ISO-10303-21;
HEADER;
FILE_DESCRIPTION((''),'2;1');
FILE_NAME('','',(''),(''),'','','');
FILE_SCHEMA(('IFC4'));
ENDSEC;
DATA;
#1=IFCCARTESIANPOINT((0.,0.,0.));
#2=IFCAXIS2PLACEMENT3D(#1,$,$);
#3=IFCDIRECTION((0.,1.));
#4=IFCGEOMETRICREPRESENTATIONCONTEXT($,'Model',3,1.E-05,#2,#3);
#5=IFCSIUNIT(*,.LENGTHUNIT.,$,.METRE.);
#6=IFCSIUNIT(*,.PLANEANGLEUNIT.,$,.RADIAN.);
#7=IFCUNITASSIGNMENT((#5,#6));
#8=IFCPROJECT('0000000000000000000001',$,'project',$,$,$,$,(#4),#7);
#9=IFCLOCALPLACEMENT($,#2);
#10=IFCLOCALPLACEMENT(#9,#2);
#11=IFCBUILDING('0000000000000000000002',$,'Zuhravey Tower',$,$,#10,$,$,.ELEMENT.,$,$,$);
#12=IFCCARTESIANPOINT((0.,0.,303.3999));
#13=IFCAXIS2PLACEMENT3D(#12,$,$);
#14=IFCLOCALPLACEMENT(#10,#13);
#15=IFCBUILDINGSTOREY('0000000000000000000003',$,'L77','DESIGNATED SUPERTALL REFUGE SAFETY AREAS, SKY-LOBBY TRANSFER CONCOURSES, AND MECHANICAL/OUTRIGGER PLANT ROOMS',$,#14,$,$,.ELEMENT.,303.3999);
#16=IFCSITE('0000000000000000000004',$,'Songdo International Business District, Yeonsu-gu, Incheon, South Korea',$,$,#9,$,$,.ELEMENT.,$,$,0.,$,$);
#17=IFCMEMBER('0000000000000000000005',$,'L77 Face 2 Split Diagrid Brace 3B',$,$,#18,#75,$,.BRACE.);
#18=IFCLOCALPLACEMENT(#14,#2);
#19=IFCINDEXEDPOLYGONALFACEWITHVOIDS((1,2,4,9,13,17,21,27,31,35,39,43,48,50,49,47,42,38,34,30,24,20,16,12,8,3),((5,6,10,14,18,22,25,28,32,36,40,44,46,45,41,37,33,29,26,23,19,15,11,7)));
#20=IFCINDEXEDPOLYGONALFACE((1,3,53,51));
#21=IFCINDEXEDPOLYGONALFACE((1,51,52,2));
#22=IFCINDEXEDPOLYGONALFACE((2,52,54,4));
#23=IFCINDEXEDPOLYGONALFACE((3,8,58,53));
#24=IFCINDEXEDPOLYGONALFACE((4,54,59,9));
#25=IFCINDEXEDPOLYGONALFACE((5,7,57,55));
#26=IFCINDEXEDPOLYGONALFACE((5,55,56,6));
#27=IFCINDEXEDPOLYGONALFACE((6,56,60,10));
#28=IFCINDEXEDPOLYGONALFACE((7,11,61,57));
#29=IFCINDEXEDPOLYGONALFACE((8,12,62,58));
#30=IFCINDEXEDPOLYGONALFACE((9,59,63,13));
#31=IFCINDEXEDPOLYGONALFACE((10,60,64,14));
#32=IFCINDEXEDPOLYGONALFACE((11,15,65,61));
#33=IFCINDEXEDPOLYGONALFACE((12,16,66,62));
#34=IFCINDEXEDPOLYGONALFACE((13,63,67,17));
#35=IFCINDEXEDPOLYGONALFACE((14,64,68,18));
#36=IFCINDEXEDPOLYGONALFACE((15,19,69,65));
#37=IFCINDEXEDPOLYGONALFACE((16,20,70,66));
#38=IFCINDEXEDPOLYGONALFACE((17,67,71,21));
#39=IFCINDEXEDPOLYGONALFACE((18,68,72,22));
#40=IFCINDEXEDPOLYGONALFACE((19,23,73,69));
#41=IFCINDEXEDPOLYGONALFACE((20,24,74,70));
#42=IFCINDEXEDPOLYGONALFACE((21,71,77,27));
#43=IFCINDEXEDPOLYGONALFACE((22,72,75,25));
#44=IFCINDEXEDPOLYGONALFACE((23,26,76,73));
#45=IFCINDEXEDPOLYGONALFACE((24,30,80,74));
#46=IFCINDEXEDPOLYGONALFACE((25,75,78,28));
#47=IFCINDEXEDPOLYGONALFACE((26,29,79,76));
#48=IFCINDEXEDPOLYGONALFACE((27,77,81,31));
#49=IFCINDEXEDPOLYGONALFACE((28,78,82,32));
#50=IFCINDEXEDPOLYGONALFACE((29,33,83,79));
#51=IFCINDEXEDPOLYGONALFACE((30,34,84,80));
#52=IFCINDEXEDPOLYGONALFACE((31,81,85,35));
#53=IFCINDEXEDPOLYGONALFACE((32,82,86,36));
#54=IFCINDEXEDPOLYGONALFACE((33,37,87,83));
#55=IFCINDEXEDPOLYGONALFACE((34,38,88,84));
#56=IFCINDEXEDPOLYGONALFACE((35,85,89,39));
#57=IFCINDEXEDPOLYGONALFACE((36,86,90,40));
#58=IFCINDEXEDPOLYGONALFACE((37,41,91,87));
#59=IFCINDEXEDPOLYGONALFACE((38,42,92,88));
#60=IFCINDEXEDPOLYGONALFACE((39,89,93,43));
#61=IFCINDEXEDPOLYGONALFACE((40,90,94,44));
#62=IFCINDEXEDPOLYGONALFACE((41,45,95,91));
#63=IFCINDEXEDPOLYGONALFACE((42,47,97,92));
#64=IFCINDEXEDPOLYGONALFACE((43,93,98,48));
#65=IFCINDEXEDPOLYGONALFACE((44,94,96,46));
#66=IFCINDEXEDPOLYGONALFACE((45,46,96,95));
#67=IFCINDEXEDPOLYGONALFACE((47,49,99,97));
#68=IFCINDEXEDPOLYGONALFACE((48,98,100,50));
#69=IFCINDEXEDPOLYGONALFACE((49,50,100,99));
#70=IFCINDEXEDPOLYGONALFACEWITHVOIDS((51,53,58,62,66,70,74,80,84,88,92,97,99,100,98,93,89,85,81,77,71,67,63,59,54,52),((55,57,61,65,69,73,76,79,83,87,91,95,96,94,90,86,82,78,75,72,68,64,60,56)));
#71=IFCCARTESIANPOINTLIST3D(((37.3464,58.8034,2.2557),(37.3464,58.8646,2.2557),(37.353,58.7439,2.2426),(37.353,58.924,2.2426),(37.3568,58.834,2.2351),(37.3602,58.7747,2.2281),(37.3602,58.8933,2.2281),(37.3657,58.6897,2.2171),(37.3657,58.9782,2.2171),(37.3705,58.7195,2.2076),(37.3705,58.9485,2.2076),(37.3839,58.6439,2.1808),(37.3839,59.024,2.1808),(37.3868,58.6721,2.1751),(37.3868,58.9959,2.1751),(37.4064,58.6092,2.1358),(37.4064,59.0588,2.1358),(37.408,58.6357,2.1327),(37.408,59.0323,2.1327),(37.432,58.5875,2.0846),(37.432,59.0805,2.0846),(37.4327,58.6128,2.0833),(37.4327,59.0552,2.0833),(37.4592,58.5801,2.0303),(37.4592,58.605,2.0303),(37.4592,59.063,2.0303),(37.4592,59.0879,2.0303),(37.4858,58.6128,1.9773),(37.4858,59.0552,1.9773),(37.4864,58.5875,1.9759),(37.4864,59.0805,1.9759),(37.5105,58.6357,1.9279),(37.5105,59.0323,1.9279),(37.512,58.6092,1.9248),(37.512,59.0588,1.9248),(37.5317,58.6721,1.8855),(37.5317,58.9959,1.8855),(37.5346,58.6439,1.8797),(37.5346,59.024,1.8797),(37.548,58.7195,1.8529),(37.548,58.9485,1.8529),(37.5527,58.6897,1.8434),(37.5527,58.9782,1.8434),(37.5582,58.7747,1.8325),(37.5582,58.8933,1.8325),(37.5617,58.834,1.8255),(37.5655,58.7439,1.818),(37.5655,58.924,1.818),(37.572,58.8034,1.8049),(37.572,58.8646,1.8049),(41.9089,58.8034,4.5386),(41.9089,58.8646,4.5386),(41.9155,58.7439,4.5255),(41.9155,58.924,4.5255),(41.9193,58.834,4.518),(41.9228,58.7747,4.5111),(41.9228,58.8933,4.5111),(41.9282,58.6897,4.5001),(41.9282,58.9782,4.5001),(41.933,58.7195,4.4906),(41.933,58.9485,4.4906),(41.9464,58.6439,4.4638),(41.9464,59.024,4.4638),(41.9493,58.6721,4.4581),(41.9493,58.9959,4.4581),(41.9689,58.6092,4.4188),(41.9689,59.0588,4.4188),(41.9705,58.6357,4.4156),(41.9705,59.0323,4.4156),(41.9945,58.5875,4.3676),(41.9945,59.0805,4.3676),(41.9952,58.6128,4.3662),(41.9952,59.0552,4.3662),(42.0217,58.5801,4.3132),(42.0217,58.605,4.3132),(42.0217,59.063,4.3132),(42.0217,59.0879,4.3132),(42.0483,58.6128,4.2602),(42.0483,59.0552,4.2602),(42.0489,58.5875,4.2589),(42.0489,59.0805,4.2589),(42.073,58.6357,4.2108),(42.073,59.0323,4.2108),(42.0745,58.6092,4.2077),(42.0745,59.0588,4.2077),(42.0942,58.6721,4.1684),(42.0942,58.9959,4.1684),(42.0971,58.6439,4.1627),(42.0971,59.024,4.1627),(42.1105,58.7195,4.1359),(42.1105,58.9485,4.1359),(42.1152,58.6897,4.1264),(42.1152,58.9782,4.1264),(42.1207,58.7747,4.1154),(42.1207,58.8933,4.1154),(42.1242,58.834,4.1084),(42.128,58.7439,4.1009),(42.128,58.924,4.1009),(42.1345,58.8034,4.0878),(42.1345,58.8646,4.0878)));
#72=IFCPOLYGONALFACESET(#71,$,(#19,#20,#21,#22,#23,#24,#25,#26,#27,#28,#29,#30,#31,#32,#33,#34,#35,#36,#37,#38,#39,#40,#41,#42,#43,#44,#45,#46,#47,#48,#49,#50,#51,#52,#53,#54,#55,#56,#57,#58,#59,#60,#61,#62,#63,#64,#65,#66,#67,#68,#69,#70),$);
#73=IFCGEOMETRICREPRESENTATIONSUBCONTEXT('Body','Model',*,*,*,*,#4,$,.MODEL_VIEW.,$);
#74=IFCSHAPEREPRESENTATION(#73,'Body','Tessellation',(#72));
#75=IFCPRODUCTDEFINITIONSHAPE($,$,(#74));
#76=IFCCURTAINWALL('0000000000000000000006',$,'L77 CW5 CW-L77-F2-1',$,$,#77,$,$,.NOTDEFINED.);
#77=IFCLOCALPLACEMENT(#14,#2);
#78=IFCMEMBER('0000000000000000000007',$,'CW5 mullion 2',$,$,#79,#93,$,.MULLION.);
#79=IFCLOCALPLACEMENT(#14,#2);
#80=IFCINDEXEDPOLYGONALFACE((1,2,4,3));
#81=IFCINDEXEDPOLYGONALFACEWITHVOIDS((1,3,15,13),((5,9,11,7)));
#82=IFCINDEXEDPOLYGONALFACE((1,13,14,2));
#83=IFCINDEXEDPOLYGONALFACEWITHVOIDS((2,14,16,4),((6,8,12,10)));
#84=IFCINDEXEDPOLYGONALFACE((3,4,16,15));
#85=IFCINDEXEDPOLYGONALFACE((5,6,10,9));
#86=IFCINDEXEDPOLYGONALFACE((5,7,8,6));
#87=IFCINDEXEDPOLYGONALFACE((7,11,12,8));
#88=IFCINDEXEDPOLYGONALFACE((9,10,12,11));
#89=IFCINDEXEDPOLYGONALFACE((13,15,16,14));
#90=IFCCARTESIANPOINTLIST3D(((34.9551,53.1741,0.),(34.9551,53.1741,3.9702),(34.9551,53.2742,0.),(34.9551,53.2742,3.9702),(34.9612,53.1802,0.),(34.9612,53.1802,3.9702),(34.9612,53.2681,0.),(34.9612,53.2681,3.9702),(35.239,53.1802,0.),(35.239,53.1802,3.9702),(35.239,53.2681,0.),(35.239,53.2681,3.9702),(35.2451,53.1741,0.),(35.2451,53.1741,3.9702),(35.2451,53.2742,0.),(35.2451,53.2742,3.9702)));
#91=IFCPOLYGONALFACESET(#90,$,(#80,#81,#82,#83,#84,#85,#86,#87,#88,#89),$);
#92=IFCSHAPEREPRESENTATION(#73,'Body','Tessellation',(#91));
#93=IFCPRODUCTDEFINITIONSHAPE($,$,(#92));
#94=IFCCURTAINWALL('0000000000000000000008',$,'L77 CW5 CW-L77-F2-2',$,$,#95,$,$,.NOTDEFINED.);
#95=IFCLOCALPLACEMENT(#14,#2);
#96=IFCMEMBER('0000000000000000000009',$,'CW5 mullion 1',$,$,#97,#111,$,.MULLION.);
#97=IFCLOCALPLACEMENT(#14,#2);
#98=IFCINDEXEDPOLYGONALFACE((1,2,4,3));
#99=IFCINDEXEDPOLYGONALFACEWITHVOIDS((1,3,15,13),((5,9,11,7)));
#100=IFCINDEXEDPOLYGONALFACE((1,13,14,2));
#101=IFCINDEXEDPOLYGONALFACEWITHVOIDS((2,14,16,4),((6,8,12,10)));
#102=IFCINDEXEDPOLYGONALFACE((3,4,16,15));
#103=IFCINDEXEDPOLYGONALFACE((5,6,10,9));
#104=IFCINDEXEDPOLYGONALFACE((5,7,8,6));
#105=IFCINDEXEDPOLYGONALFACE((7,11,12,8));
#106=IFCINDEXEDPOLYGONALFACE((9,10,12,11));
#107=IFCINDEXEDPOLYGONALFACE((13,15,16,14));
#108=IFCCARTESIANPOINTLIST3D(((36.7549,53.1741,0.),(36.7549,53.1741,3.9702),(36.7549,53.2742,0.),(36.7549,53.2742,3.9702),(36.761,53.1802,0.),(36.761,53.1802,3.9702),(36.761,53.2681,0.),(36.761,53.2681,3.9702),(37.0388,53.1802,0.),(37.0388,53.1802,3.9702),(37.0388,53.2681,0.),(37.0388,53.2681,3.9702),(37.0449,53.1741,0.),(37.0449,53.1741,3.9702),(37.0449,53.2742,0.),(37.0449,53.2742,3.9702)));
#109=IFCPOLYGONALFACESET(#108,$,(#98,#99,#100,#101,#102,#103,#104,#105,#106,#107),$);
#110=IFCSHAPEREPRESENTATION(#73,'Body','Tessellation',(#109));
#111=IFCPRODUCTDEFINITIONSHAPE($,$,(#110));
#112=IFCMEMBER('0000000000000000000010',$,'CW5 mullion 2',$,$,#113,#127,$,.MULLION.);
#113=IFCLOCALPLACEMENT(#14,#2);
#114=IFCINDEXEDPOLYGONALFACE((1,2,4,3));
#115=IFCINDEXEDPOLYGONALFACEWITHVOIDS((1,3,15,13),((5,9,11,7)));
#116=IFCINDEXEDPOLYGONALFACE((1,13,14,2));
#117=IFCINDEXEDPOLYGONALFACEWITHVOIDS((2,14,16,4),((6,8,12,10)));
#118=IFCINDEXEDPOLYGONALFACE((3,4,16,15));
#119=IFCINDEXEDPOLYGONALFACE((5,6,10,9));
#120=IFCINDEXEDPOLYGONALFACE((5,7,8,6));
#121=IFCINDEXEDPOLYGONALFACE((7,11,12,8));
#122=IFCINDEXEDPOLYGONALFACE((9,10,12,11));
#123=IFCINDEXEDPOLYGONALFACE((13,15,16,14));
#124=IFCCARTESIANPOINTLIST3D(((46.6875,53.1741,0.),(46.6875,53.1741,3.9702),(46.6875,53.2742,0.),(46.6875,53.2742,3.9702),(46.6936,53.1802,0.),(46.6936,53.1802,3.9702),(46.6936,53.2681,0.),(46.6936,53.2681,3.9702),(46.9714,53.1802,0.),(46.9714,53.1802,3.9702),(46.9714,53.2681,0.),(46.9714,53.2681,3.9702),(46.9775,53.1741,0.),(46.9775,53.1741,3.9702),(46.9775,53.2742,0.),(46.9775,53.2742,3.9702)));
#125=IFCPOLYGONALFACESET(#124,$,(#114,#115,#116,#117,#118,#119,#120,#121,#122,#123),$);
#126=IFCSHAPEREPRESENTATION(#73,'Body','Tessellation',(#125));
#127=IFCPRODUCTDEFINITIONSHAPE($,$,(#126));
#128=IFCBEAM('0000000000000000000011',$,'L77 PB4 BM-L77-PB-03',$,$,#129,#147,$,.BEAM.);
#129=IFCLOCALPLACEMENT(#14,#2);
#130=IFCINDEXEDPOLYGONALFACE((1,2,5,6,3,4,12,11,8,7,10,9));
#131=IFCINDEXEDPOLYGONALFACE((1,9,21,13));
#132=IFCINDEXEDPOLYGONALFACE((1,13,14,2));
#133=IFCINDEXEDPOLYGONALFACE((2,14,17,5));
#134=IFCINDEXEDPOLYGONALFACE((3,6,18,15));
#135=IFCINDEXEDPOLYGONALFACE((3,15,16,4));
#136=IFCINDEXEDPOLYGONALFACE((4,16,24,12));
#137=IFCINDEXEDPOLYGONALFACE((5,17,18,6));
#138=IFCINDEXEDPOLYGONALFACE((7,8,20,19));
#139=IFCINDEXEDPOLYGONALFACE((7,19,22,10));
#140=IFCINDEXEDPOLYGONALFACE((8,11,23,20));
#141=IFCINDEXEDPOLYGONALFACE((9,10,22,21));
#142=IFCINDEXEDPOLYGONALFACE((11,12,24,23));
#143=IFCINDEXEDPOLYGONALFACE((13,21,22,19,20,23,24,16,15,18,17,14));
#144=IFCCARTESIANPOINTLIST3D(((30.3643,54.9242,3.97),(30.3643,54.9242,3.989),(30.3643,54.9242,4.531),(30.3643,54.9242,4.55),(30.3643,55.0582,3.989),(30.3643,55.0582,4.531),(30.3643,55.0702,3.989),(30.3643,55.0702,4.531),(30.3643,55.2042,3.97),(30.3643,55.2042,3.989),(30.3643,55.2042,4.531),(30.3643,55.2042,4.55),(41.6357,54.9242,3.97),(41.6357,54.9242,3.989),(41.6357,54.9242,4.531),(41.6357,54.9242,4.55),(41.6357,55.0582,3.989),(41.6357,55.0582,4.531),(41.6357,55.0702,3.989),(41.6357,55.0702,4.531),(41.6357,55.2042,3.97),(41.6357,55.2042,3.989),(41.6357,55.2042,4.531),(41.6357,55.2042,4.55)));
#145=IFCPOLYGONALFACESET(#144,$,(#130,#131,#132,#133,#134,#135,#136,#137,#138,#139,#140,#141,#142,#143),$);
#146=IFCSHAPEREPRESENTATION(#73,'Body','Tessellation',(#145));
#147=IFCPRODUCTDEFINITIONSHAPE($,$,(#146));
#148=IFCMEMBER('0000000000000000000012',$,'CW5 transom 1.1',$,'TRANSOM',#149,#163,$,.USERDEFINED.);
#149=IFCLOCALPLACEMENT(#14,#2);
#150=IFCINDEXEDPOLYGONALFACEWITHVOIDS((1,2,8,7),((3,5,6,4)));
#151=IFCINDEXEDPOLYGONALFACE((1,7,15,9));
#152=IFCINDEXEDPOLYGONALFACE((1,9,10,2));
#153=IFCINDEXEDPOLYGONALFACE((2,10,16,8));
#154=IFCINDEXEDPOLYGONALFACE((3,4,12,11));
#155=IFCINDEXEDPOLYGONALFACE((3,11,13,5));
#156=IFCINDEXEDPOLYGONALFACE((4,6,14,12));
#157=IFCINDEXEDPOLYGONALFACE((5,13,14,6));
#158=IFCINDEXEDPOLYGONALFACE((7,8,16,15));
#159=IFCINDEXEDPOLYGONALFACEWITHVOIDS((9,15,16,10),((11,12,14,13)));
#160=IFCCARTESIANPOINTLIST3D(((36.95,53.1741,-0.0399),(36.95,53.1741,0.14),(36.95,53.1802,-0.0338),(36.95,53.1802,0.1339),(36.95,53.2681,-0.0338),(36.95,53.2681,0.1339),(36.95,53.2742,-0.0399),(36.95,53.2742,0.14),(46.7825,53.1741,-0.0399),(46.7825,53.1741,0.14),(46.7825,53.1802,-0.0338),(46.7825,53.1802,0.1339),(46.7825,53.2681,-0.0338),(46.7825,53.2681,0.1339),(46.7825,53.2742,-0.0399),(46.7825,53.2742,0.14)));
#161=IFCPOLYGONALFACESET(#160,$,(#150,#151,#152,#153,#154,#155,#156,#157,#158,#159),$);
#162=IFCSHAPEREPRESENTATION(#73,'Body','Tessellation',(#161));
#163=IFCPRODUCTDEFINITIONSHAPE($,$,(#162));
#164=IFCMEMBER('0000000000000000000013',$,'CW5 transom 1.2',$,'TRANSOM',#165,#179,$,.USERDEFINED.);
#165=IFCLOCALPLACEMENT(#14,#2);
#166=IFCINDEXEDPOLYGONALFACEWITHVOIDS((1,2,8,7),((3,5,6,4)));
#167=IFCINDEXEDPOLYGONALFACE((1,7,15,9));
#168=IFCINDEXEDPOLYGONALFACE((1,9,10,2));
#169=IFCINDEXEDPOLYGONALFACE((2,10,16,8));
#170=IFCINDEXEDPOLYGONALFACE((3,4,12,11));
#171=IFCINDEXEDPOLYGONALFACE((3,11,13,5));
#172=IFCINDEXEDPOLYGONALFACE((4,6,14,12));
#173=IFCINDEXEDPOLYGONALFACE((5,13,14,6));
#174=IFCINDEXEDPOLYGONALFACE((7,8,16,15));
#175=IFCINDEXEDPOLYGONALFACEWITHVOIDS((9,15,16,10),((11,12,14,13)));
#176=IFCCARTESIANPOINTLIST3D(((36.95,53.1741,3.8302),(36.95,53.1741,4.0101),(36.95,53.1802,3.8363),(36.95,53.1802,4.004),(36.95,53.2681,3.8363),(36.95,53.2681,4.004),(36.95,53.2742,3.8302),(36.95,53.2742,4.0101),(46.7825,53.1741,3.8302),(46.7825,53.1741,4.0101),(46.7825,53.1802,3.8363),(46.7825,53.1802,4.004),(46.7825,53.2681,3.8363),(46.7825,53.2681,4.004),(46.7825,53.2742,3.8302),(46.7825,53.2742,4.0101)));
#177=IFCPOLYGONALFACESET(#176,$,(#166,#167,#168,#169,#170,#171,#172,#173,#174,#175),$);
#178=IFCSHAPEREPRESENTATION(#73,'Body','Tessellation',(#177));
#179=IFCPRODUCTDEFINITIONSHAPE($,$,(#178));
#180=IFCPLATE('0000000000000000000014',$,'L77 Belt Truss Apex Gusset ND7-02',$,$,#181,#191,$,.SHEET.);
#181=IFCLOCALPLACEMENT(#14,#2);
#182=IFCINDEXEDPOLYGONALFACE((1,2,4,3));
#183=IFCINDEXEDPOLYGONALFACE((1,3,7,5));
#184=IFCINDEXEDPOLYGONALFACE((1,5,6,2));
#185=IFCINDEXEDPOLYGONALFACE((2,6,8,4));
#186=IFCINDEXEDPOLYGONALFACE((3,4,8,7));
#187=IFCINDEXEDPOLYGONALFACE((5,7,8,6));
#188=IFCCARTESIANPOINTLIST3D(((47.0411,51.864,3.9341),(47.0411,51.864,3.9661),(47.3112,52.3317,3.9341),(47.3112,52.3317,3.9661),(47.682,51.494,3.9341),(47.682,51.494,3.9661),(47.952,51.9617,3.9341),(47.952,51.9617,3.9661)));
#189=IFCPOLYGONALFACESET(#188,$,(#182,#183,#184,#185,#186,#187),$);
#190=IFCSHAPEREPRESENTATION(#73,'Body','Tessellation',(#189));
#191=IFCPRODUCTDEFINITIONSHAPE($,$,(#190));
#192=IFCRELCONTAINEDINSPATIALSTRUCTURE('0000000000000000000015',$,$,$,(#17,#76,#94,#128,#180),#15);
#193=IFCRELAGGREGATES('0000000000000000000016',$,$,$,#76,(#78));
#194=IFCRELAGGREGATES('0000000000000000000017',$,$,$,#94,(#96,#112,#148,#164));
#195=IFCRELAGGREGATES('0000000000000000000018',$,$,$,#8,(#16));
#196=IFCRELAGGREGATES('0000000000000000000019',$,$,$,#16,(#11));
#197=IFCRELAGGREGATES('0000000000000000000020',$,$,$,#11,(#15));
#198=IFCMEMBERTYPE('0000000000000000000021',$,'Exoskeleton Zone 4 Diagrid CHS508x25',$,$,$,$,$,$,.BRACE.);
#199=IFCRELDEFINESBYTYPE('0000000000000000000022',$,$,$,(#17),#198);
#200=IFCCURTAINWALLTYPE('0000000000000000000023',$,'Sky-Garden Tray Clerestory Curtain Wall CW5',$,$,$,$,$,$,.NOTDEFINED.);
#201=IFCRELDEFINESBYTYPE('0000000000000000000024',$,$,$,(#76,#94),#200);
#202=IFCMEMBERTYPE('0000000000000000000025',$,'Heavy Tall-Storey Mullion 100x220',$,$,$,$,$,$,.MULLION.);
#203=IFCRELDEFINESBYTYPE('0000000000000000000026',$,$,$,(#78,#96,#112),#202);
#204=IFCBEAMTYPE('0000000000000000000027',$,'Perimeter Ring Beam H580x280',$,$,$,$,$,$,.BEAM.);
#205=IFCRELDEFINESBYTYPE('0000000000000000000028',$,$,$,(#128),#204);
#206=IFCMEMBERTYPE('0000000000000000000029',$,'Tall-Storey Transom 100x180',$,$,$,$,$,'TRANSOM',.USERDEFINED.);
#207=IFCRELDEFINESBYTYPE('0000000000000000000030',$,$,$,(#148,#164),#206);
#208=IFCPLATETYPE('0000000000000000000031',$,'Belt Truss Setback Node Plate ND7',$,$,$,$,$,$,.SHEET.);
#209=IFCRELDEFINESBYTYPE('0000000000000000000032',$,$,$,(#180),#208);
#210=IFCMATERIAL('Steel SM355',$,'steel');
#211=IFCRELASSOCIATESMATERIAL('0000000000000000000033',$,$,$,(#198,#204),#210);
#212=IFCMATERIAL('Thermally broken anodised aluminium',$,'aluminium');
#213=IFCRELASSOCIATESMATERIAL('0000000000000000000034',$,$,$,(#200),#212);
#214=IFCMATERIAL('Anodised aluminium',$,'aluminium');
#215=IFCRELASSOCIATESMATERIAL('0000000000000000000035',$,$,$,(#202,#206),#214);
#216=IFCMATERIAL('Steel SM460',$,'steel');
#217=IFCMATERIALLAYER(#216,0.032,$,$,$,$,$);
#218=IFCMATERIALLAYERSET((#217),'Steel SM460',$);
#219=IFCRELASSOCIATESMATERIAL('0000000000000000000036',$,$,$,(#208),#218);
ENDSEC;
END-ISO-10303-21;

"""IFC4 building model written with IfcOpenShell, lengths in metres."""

from ifc_helpers import new_model, si_unit, direction, frame, origin, origin_2d, place, context, subcontext, project, spatial, rectangle, hollow_rectangle, hollow_circle, i_section, extrude, material, layer, layer_set, material_profile, profile_set, type_object, element, aggregate, save


model = new_model("IFC4")

# Units and contexts
model_context = context("Model", 3, precision=1e-05, world=origin(), true_north=direction((0.0, 1.0)))
body_context = subcontext(model_context, "Body", "Model", "MODEL_VIEW")
ifc_project = project(units=[si_unit("LENGTHUNIT", "METRE"), si_unit("PLANEANGLEUNIT", "RADIAN")], contexts=[model_context])

# Site, building, storey
site_placement = place(None, origin())
site = spatial("IfcSite", under=ifc_project, at=site_placement, Name="Songdo International Business District, Yeonsu-gu, Incheon, South Korea", CompositionType="ELEMENT", RefElevation=0.0)
building_placement = place(site_placement, origin())
building = spatial("IfcBuilding", under=site, at=building_placement, Name="Zuhravey Tower", CompositionType="ELEMENT")
storey_placement = place(building_placement, frame((0.0, 0.0, 303.3999)))
storey = spatial("IfcBuildingStorey", under=building, at=storey_placement, Name="L77", Description="DESIGNATED SUPERTALL REFUGE SAFETY AREAS, SKY-LOBBY TRANSFER CONCOURSES, AND MECHANICAL/OUTRIGGER PLANT ROOMS", CompositionType="ELEMENT", Elevation=303.3999)

# Shared definitions
ifc_material_1 = material(Name="Steel SM355", Category="steel")

# Shared definitions
ifc_material_2 = material(Name="Steel SM460", Category="steel")

# Member
ifc_material_profile_1 = material_profile(ifc_material_1, hollow_circle(Radius=0.2539, WallThickness=0.0249, at=origin_2d()), Name="CHS-508.0x25")
ifc_profile_set_1 = profile_set([ifc_material_profile_1], Name="Steel SM355")
member_type_1 = type_object("IfcMemberType", Name="Exoskeleton Zone 4 Diagrid CHS508x25", PredefinedType="BRACE", material=ifc_profile_set_1)
member_1_placement = place(storey_placement, frame((37.4592, 58.834, 2.0303), z_axis=(0.894293, 0.0, 0.447482), x_axis=(0.0, 1.0, 0.0)))
element("IfcMember", 1, at=member_1_placement, inside=storey, type_object=member_type_1, Name="L77 Face 2 Split Diagrid Brace 3B", PredefinedType="BRACE", context=body_context, shape_type="SweptSolid", body=[
    extrude(hollow_circle(Radius=0.2539, WallThickness=0.0249, at=origin_2d()), origin(), (0.0, 0.0, 1.0), 5.1018),
])

# Curtain wall, member
ifc_material_3 = material(Name="Thermally broken anodised aluminium", Category="aluminium")
curtain_wall_type = type_object("IfcCurtainWallType", Name="Sky-Garden Tray Clerestory Curtain Wall CW5", PredefinedType="NOTDEFINED", material=ifc_material_3)
curtain_wall_1_placement = place(storey_placement, origin())
curtain_wall_1 = element("IfcCurtainWall", 2, at=curtain_wall_1_placement, inside=storey, type_object=curtain_wall_type, Name="L77 CW5 CW-L77-F2-1", PredefinedType="NOTDEFINED")
ifc_material_4 = material(Name="Anodised aluminium", Category="aluminium")
ifc_material_profile_2 = material_profile(ifc_material_4, hollow_rectangle(XDim=0.1001, YDim=0.29, WallThickness=0.0061, at=origin_2d()), Name="ALU-RHS-100x290x6")
ifc_profile_set_2 = profile_set([ifc_material_profile_2], Name="Anodised aluminium")
member_type_2 = type_object("IfcMemberType", Name="Heavy Tall-Storey Mullion 100x220", PredefinedType="MULLION", material=ifc_profile_set_2)
member_2_placement = place(storey_placement, frame((35.1001, 53.2241, 0.0), z_axis=(0.0, 0.0, 1.0), x_axis=(0.0, 1.0, 0.0)))
member_2 = element("IfcMember", 3, at=member_2_placement, type_object=member_type_2, Name="CW5 mullion 2", PredefinedType="MULLION", context=body_context, shape_type="SweptSolid", body=[
    extrude(hollow_rectangle(XDim=0.1001, YDim=0.29, WallThickness=0.0061, at=origin_2d()), origin(), (0.0, 0.0, 1.0), 3.9702),
])
aggregate(curtain_wall_1, [member_2])

# Curtain wall, members
curtain_wall_2_placement = place(storey_placement, origin())
curtain_wall_2 = element("IfcCurtainWall", 4, at=curtain_wall_2_placement, inside=storey, type_object=curtain_wall_type, Name="L77 CW5 CW-L77-F2-2", PredefinedType="NOTDEFINED")
member_3_placement = place(storey_placement, frame((36.8999, 53.2241, 0.0), z_axis=(0.0, 0.0, 1.0), x_axis=(0.0, 1.0, 0.0)))
member_3 = element("IfcMember", 5, at=member_3_placement, type_object=member_type_2, Name="CW5 mullion 1", PredefinedType="MULLION", context=body_context, shape_type="SweptSolid", body=[
    extrude(hollow_rectangle(XDim=0.1001, YDim=0.29, WallThickness=0.0061, at=origin_2d()), origin(), (0.0, 0.0, 1.0), 3.9702),
])
member_4_placement = place(storey_placement, frame((46.8325, 53.2241, 0.0), z_axis=(0.0, 0.0, 1.0), x_axis=(0.0, 1.0, 0.0)))
member_4 = element("IfcMember", 6, at=member_4_placement, type_object=member_type_2, Name="CW5 mullion 2", PredefinedType="MULLION", context=body_context, shape_type="SweptSolid", body=[
    extrude(hollow_rectangle(XDim=0.1001, YDim=0.29, WallThickness=0.0061, at=origin_2d()), origin(), (0.0, 0.0, 1.0), 3.9702),
])

# Beam
ifc_material_profile_3 = material_profile(ifc_material_1, i_section(OverallWidth=0.28, OverallDepth=0.5801, WebThickness=0.012, FlangeThickness=0.019, at=origin_2d()), Name="H-580x280x12x19")
ifc_profile_set_3 = profile_set([ifc_material_profile_3], Name="Steel SM355")
beam_type_1 = type_object("IfcBeamType", Name="Perimeter Ring Beam H580x280", PredefinedType="BEAM", material=ifc_profile_set_3)
beam_1_placement = place(storey_placement, frame((41.6357, 55.0642, 4.26), z_axis=(-1.0, 0.0, 0.0), x_axis=(0.0, -1.0, 0.0)))
element("IfcBeam", 7, at=beam_1_placement, inside=storey, type_object=beam_type_1, Name="L77 PB4 BM-L77-PB-03", PredefinedType="BEAM", context=body_context, shape_type="SweptSolid", body=[
    extrude(i_section(OverallWidth=0.28, OverallDepth=0.5801, WebThickness=0.012, FlangeThickness=0.019, at=origin_2d()), origin(), (0.0, 0.0, 1.0), 11.2715),
])

# Members
ifc_material_profile_4 = material_profile(ifc_material_4, hollow_rectangle(XDim=0.1001, YDim=0.1799, WallThickness=0.0061, at=origin_2d()), Name="ALU-RHS-100x180x6")
ifc_profile_set_4 = profile_set([ifc_material_profile_4], Name="Anodised aluminium")
member_type_3 = type_object("IfcMemberType", Name="Tall-Storey Transom 100x180", ElementType="TRANSOM", PredefinedType="USERDEFINED", material=ifc_profile_set_4)
member_5_placement = place(storey_placement, frame((36.95, 53.2241, 0.05), z_axis=(1.0, 0.0, 0.0), x_axis=(0.0, 1.0, 0.0)))
member_5 = element("IfcMember", 8, at=member_5_placement, type_object=member_type_3, Name="CW5 transom 1.1", ObjectType="TRANSOM", PredefinedType="USERDEFINED", context=body_context, shape_type="SweptSolid", body=[
    extrude(hollow_rectangle(XDim=0.1001, YDim=0.1799, WallThickness=0.0061, at=origin_2d()), origin(), (0.0, 0.0, 1.0), 9.8325),
])
member_6_placement = place(storey_placement, frame((36.95, 53.2241, 3.9202), z_axis=(1.0, 0.0, 0.0), x_axis=(0.0, 1.0, 0.0)))
member_6 = element("IfcMember", 9, at=member_6_placement, type_object=member_type_3, Name="CW5 transom 1.2", ObjectType="TRANSOM", PredefinedType="USERDEFINED", context=body_context, shape_type="SweptSolid", body=[
    extrude(hollow_rectangle(XDim=0.1001, YDim=0.1799, WallThickness=0.0061, at=origin_2d()), origin(), (0.0, 0.0, 1.0), 9.8325),
])

# Plate
ifc_layer_1 = layer(ifc_material_2, 0.032)
ifc_layer_set_1 = layer_set([ifc_layer_1], Name="Steel SM460")
plate_type_1 = type_object("IfcPlateType", Name="Belt Truss Setback Node Plate ND7", PredefinedType="SHEET", material=ifc_layer_set_1)
plate_1_placement = place(storey_placement, frame((47.4966, 51.9128, 3.9341), z_axis=(0.0, 0.0, 1.0), x_axis=(-0.866025, 0.5, 0.0)))
element("IfcPlate", 10, at=plate_1_placement, inside=storey, type_object=plate_type_1, Name="L77 Belt Truss Apex Gusset ND7-02", PredefinedType="SHEET", context=body_context, shape_type="SweptSolid", body=[
    extrude(rectangle(XDim=0.74, YDim=0.54, at=origin_2d()), origin(), (0.0, 0.0, 1.0), 0.032),
])

aggregate(curtain_wall_2, [member_3, member_4, member_5, member_6])

save(model, "model.ifc")
